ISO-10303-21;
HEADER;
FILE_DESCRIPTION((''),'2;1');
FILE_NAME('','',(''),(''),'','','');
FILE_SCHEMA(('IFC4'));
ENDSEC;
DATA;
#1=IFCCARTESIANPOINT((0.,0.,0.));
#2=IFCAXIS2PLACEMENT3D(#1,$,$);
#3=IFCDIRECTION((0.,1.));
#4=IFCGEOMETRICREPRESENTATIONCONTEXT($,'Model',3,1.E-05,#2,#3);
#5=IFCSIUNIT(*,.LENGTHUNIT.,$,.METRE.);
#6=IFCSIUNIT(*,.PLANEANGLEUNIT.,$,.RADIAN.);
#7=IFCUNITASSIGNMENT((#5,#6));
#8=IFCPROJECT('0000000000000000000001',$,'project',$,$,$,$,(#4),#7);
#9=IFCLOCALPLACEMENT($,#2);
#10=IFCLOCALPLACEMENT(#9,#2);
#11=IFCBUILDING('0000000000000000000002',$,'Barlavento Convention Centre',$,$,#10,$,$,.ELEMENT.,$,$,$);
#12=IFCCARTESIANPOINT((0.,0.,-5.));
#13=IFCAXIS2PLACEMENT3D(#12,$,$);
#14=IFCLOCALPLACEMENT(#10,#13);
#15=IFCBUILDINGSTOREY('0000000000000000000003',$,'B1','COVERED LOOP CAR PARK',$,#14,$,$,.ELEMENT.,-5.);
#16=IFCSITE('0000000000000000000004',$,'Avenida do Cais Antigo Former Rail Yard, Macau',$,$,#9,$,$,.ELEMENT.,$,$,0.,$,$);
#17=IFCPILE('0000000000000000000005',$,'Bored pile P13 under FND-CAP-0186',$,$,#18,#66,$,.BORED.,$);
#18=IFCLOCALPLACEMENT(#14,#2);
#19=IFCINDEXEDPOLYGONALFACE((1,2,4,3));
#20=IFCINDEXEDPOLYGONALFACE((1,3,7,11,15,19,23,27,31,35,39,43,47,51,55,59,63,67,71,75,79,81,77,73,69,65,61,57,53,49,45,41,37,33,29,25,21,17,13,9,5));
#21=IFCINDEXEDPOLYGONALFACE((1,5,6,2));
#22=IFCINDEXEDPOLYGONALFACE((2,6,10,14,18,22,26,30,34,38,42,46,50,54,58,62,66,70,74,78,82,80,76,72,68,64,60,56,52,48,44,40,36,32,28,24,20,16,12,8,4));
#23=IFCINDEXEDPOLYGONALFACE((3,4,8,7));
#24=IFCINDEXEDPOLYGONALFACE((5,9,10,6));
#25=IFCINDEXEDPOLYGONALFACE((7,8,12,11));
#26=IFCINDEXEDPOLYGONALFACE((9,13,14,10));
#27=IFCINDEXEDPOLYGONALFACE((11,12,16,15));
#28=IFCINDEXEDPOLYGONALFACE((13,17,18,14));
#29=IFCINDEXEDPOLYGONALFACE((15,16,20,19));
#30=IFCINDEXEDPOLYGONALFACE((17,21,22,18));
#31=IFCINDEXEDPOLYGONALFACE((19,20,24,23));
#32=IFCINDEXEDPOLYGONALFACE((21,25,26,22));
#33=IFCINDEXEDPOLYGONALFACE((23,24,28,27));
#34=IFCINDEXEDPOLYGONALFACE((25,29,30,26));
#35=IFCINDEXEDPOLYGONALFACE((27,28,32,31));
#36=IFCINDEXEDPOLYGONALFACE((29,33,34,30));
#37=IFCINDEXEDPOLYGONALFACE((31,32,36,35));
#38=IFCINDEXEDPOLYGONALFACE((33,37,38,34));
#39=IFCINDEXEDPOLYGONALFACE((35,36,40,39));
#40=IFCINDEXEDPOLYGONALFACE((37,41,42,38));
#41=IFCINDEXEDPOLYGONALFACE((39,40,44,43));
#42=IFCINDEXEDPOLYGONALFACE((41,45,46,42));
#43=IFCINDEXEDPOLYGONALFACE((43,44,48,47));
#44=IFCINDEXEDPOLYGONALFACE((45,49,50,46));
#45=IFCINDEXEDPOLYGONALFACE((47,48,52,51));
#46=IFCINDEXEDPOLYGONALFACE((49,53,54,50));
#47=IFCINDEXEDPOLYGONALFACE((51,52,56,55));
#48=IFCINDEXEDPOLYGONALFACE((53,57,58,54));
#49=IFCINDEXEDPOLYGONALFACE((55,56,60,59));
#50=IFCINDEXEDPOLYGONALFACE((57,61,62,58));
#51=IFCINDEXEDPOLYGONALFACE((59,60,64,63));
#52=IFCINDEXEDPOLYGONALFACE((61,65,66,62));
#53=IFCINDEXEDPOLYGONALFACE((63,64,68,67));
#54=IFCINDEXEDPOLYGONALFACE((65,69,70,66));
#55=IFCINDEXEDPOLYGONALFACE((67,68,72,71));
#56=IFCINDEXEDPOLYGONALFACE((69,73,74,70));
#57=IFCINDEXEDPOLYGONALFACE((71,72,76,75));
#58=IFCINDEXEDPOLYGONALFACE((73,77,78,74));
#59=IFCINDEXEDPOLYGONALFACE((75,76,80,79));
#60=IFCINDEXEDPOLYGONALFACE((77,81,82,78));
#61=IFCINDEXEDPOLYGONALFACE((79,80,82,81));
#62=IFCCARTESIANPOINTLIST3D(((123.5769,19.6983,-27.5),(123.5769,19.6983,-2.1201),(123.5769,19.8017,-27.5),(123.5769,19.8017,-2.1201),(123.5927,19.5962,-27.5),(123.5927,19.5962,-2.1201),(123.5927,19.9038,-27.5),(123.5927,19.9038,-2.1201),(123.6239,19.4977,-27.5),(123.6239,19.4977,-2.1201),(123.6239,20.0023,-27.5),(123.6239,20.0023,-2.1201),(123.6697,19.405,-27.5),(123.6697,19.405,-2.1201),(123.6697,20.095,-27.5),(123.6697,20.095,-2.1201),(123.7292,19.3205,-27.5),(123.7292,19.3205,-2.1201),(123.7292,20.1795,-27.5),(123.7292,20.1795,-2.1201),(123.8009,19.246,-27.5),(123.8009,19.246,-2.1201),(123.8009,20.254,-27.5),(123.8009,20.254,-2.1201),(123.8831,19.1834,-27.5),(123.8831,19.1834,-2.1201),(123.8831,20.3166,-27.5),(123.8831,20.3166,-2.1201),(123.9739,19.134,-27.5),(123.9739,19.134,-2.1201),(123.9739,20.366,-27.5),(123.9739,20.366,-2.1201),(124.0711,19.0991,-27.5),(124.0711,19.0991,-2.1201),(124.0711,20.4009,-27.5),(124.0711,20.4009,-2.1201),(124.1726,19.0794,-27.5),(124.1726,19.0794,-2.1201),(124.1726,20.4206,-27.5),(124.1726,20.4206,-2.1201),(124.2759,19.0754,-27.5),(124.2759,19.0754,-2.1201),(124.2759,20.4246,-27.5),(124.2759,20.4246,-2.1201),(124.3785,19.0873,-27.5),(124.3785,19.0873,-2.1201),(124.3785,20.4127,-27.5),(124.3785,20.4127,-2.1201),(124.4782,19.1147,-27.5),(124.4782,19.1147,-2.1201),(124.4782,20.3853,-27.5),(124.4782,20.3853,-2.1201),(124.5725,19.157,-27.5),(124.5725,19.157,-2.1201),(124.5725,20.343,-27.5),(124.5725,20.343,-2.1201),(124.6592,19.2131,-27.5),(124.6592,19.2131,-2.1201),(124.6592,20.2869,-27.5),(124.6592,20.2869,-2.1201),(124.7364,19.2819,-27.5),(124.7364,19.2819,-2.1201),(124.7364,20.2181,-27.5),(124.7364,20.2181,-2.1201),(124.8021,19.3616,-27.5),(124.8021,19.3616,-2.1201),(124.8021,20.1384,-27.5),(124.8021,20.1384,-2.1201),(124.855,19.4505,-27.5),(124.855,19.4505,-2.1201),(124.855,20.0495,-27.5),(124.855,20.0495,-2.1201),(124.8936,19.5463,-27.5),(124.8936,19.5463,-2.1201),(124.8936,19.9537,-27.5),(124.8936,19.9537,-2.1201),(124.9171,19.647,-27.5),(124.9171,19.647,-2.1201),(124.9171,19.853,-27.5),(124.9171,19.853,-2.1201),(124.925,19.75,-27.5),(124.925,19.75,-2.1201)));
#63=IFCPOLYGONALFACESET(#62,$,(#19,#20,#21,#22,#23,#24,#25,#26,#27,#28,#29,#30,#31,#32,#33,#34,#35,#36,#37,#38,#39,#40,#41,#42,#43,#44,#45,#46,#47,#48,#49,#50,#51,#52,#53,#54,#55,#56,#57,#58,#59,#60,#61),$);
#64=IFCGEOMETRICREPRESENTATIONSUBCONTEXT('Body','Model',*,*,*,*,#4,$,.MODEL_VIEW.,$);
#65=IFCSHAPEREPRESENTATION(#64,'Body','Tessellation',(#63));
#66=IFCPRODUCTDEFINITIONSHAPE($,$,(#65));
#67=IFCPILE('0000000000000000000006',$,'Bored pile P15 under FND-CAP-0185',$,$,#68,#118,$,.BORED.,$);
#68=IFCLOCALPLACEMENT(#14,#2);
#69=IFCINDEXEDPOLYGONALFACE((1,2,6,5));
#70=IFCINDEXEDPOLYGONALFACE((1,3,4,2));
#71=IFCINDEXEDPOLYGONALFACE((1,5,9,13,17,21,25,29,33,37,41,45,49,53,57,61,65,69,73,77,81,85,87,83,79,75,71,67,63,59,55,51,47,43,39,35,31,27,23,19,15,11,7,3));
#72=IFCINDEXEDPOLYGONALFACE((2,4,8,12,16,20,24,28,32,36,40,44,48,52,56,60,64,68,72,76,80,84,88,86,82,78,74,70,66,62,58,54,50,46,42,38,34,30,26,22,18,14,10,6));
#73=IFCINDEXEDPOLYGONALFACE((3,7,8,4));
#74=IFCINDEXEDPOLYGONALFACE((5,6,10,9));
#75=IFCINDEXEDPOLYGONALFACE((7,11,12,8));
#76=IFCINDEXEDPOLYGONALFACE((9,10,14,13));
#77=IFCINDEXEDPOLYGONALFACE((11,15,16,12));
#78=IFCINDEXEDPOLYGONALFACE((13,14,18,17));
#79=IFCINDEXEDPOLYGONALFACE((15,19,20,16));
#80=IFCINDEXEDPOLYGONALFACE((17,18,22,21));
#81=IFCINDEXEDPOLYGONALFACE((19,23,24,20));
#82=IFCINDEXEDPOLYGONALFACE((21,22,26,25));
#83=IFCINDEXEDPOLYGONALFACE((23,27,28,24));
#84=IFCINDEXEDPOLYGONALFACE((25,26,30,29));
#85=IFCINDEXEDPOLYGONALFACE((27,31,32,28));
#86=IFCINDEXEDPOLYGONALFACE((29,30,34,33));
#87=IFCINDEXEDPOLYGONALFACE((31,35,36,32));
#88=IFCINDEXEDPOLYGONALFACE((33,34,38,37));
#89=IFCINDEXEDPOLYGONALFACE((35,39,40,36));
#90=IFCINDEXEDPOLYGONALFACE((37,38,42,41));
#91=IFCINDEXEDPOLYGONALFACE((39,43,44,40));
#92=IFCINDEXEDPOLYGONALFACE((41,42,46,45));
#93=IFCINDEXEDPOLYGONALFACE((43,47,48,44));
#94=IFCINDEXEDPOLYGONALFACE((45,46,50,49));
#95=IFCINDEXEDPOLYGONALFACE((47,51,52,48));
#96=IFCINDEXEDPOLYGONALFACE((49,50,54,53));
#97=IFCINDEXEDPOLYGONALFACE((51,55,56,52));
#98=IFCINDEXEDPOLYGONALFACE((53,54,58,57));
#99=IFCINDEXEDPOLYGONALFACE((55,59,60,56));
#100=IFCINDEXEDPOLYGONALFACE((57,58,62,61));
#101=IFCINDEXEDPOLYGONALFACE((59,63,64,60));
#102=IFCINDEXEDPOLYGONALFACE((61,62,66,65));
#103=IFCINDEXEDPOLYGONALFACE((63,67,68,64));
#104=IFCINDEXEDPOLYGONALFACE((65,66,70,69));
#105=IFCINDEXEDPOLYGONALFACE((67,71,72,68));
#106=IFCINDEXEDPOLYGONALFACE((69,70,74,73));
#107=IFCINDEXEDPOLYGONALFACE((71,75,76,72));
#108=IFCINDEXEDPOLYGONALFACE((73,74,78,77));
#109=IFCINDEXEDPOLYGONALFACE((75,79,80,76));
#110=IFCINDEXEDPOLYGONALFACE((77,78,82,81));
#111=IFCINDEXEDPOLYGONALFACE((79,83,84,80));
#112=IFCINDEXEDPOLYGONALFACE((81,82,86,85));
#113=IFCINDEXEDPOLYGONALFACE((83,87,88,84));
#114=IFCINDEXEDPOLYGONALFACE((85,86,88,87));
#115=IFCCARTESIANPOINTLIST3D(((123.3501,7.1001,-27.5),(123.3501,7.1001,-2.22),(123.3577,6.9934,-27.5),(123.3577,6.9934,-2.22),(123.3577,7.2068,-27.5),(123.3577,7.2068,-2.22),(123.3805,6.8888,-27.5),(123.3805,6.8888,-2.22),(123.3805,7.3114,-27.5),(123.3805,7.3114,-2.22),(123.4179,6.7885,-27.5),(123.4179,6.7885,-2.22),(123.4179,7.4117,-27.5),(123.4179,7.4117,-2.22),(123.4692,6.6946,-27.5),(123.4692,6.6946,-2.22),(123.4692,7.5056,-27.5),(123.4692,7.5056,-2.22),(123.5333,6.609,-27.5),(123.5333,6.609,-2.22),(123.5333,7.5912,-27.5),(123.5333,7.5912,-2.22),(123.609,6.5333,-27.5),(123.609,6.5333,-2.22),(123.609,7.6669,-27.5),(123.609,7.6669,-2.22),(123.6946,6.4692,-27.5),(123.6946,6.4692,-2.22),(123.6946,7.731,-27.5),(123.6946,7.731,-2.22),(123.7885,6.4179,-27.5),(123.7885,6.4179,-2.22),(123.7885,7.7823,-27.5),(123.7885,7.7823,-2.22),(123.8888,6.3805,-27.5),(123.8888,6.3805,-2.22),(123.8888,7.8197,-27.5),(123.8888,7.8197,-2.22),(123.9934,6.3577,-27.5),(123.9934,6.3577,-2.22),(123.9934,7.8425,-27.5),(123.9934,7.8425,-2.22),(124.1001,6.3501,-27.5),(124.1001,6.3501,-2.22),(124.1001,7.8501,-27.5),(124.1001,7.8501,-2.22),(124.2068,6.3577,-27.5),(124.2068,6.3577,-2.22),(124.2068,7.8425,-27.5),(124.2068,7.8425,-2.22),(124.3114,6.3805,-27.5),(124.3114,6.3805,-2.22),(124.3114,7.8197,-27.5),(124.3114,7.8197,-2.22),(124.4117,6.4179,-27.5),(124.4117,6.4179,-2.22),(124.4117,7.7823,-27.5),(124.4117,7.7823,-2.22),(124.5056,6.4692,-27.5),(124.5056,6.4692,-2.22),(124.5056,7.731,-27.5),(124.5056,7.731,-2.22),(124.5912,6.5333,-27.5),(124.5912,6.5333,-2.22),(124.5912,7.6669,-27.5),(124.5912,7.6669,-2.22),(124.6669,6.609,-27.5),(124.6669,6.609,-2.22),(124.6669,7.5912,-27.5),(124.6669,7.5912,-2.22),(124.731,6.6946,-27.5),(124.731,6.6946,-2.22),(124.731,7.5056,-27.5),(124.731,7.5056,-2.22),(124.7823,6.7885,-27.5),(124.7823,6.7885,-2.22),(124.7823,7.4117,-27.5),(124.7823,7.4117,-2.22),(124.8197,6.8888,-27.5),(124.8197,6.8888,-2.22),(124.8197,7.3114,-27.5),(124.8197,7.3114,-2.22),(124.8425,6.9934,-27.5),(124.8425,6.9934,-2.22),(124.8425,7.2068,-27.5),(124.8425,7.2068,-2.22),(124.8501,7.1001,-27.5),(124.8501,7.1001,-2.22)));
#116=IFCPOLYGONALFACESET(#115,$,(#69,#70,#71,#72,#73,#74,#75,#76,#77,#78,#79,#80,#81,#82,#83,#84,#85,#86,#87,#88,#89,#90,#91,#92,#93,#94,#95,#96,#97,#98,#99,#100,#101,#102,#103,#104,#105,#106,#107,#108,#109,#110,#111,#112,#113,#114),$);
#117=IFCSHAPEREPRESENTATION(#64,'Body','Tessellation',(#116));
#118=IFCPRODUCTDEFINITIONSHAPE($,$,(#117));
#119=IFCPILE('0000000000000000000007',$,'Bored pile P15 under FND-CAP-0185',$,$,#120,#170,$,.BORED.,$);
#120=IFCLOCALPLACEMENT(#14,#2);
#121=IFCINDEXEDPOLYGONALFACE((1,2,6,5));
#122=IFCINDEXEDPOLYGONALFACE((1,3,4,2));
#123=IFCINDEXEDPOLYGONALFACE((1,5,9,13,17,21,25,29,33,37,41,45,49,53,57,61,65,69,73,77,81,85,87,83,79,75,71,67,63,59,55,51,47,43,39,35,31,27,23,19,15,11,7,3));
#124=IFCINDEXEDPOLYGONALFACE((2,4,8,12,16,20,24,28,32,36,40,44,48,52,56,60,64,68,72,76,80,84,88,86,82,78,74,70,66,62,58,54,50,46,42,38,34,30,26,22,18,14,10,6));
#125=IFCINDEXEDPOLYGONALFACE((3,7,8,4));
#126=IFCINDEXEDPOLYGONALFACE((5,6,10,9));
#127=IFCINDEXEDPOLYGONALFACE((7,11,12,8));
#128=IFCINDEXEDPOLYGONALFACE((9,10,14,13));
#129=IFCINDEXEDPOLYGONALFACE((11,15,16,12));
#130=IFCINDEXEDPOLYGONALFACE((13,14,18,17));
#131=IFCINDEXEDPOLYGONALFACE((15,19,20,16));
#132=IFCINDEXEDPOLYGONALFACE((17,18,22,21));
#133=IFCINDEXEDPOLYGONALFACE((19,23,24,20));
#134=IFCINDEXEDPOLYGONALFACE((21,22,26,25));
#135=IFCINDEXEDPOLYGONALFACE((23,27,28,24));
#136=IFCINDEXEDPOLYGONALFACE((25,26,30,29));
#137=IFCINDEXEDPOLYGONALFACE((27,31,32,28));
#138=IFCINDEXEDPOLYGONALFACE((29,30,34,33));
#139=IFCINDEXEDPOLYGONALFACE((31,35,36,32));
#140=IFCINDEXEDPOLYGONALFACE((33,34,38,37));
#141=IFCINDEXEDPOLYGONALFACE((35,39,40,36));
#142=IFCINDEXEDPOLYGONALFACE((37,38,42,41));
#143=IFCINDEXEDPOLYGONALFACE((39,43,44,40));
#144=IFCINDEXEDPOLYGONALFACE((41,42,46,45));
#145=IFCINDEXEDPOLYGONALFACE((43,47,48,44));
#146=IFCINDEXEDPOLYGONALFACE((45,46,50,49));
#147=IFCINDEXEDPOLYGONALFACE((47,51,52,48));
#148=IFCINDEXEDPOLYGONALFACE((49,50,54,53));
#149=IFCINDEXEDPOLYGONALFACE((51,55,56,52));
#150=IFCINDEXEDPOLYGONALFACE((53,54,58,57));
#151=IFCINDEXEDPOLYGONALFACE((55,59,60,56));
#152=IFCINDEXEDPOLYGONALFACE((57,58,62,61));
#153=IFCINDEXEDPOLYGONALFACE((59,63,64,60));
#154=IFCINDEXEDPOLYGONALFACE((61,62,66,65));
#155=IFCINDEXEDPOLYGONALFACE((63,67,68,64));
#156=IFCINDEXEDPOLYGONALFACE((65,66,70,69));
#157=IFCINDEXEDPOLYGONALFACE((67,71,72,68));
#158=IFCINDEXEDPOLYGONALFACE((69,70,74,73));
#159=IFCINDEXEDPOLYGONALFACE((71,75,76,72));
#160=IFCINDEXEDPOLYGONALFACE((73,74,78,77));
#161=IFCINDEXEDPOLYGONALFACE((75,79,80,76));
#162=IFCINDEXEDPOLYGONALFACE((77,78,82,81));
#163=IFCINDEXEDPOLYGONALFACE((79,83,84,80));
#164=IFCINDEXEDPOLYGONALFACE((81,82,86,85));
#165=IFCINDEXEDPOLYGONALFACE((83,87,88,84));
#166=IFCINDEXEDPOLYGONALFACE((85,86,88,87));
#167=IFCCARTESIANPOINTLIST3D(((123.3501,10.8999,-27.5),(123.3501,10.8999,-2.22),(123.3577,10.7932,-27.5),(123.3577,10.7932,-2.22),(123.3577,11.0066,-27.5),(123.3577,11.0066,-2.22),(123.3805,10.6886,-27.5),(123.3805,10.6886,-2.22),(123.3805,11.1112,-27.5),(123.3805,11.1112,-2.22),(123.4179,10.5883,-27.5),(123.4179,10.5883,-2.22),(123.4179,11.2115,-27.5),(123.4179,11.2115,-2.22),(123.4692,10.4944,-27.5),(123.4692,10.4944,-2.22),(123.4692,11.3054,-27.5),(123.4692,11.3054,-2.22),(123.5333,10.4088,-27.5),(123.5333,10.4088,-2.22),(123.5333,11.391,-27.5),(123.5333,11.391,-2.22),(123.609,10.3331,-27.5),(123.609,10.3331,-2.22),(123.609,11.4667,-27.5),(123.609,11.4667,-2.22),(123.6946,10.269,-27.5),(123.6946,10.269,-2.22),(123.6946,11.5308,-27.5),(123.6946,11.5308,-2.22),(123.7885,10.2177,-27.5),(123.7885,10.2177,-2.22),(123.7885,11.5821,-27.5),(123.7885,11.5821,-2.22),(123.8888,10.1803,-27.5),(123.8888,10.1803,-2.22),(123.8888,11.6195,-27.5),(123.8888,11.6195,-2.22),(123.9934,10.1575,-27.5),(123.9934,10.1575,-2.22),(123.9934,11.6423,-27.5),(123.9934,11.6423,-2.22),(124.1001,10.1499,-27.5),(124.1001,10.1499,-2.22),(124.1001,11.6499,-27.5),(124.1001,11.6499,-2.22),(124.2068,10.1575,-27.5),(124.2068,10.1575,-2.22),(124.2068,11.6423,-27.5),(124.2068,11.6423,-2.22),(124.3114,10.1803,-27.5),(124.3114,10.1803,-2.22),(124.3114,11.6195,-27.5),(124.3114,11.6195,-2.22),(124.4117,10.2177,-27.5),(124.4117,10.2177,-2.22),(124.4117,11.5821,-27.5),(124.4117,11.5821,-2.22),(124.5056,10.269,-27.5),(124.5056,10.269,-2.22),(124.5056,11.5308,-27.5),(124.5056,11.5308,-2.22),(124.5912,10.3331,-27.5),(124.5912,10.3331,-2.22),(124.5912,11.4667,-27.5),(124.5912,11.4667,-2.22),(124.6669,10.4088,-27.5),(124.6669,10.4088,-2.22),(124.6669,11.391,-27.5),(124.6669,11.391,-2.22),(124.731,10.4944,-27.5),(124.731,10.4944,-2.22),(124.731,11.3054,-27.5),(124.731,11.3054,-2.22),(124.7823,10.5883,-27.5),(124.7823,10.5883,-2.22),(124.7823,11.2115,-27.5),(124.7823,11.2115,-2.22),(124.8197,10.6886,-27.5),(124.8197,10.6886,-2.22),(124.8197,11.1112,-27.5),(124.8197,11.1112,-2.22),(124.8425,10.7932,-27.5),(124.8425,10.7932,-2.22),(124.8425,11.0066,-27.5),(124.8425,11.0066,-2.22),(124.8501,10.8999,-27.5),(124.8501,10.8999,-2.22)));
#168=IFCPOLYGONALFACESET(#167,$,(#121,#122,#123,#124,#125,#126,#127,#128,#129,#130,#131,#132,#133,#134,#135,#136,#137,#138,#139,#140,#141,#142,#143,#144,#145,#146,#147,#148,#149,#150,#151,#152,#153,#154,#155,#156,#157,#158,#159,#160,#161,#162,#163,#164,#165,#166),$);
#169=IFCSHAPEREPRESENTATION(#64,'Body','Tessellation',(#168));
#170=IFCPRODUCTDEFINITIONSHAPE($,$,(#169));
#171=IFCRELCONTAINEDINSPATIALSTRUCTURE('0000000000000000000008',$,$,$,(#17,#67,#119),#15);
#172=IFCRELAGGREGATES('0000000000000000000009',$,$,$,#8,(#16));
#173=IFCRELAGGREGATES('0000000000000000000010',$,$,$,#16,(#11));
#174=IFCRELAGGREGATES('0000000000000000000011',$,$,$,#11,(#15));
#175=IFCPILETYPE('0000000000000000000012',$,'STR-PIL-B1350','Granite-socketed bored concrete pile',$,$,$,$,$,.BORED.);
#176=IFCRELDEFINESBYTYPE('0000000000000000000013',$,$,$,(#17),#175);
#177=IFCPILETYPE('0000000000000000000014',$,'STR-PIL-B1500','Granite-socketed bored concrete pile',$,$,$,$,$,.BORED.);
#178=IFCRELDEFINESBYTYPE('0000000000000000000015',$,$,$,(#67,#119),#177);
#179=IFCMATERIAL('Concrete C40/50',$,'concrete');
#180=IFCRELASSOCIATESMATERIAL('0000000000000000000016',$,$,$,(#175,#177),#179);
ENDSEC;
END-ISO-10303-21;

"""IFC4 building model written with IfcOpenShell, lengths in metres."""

from ifc_helpers import new_model, si_unit, direction, frame, origin, origin_2d, place, context, subcontext, project, spatial, circle, extrude, material, material_profile, profile_set, type_object, element, save


model = new_model("IFC4")

# Units and contexts
model_context = context("Model", 3, precision=1e-05, world=origin(), true_north=direction((0.0, 1.0)))
body_context = subcontext(model_context, "Body", "Model", "MODEL_VIEW")
ifc_project = project(units=[si_unit("LENGTHUNIT", "METRE"), si_unit("PLANEANGLEUNIT", "RADIAN")], contexts=[model_context])

# Site, building, storey
site_placement = place(None, origin())
site = spatial("IfcSite", under=ifc_project, at=site_placement, Name="Avenida do Cais Antigo Former Rail Yard, Macau", CompositionType="ELEMENT", RefElevation=0.0)
building_placement = place(site_placement, origin())
building = spatial("IfcBuilding", under=site, at=building_placement, Name="Barlavento Convention Centre", CompositionType="ELEMENT")
storey_placement = place(building_placement, frame((0.0, 0.0, -5.0)))
storey = spatial("IfcBuildingStorey", under=building, at=storey_placement, Name="B1", Description="COVERED LOOP CAR PARK", CompositionType="ELEMENT", Elevation=-5.0)

# Shared definitions
ifc_material_1 = material(Name="Concrete C40/50", Category="concrete")

# Piles
ifc_material_profile_1 = material_profile(ifc_material_1, circle(Radius=0.675, at=origin_2d()), Name="BORED PILE 1350")
ifc_profile_set_1 = profile_set([ifc_material_profile_1], Name="Concrete C40/50")
pile_type_1 = type_object("IfcPileType", Name="STR-PIL-B1350", Description="Granite-socketed bored concrete pile", PredefinedType="BORED", material=ifc_profile_set_1)
for number, where, z_axis, x_axis, name in (
    (1, (124.25, 19.75, -2.1201), (0.0, 0.0, -1.0), (1.0, 0.0, 0.0), "Bored pile P13 under FND-CAP-0186"),
):
    element("IfcPile", number, at=place(storey_placement, frame(where, z_axis=z_axis, x_axis=x_axis)), inside=storey, type_object=pile_type_1, Name=name, PredefinedType="BORED", context=body_context, shape_type="SweptSolid", body=[
        extrude(circle(Radius=0.675, at=origin_2d()), origin(), (0.0, 0.0, 1.0), 25.3799),
    ])
ifc_material_profile_2 = material_profile(ifc_material_1, circle(Radius=0.75, at=origin_2d()), Name="BORED PILE 1500")
ifc_profile_set_2 = profile_set([ifc_material_profile_2], Name="Concrete C40/50")
pile_type_2 = type_object("IfcPileType", Name="STR-PIL-B1500", Description="Granite-socketed bored concrete pile", PredefinedType="BORED", material=ifc_profile_set_2)
for number, where, z_axis, x_axis, name in (
    (2, (124.1001, 7.1001, -2.22), (0.0, 0.0, -1.0), (1.0, 0.0, 0.0), "Bored pile P15 under FND-CAP-0185"),
    (3, (124.1001, 10.8999, -2.22), (0.0, 0.0, -1.0), (1.0, 0.0, 0.0), "Bored pile P15 under FND-CAP-0185"),
):
    element("IfcPile", number, at=place(storey_placement, frame(where, z_axis=z_axis, x_axis=x_axis)), inside=storey, type_object=pile_type_2, Name=name, PredefinedType="BORED", context=body_context, shape_type="SweptSolid", body=[
        extrude(circle(Radius=0.75, at=origin_2d()), origin(), (0.0, 0.0, 1.0), 25.28),
    ])

save(model, "model.ifc")
